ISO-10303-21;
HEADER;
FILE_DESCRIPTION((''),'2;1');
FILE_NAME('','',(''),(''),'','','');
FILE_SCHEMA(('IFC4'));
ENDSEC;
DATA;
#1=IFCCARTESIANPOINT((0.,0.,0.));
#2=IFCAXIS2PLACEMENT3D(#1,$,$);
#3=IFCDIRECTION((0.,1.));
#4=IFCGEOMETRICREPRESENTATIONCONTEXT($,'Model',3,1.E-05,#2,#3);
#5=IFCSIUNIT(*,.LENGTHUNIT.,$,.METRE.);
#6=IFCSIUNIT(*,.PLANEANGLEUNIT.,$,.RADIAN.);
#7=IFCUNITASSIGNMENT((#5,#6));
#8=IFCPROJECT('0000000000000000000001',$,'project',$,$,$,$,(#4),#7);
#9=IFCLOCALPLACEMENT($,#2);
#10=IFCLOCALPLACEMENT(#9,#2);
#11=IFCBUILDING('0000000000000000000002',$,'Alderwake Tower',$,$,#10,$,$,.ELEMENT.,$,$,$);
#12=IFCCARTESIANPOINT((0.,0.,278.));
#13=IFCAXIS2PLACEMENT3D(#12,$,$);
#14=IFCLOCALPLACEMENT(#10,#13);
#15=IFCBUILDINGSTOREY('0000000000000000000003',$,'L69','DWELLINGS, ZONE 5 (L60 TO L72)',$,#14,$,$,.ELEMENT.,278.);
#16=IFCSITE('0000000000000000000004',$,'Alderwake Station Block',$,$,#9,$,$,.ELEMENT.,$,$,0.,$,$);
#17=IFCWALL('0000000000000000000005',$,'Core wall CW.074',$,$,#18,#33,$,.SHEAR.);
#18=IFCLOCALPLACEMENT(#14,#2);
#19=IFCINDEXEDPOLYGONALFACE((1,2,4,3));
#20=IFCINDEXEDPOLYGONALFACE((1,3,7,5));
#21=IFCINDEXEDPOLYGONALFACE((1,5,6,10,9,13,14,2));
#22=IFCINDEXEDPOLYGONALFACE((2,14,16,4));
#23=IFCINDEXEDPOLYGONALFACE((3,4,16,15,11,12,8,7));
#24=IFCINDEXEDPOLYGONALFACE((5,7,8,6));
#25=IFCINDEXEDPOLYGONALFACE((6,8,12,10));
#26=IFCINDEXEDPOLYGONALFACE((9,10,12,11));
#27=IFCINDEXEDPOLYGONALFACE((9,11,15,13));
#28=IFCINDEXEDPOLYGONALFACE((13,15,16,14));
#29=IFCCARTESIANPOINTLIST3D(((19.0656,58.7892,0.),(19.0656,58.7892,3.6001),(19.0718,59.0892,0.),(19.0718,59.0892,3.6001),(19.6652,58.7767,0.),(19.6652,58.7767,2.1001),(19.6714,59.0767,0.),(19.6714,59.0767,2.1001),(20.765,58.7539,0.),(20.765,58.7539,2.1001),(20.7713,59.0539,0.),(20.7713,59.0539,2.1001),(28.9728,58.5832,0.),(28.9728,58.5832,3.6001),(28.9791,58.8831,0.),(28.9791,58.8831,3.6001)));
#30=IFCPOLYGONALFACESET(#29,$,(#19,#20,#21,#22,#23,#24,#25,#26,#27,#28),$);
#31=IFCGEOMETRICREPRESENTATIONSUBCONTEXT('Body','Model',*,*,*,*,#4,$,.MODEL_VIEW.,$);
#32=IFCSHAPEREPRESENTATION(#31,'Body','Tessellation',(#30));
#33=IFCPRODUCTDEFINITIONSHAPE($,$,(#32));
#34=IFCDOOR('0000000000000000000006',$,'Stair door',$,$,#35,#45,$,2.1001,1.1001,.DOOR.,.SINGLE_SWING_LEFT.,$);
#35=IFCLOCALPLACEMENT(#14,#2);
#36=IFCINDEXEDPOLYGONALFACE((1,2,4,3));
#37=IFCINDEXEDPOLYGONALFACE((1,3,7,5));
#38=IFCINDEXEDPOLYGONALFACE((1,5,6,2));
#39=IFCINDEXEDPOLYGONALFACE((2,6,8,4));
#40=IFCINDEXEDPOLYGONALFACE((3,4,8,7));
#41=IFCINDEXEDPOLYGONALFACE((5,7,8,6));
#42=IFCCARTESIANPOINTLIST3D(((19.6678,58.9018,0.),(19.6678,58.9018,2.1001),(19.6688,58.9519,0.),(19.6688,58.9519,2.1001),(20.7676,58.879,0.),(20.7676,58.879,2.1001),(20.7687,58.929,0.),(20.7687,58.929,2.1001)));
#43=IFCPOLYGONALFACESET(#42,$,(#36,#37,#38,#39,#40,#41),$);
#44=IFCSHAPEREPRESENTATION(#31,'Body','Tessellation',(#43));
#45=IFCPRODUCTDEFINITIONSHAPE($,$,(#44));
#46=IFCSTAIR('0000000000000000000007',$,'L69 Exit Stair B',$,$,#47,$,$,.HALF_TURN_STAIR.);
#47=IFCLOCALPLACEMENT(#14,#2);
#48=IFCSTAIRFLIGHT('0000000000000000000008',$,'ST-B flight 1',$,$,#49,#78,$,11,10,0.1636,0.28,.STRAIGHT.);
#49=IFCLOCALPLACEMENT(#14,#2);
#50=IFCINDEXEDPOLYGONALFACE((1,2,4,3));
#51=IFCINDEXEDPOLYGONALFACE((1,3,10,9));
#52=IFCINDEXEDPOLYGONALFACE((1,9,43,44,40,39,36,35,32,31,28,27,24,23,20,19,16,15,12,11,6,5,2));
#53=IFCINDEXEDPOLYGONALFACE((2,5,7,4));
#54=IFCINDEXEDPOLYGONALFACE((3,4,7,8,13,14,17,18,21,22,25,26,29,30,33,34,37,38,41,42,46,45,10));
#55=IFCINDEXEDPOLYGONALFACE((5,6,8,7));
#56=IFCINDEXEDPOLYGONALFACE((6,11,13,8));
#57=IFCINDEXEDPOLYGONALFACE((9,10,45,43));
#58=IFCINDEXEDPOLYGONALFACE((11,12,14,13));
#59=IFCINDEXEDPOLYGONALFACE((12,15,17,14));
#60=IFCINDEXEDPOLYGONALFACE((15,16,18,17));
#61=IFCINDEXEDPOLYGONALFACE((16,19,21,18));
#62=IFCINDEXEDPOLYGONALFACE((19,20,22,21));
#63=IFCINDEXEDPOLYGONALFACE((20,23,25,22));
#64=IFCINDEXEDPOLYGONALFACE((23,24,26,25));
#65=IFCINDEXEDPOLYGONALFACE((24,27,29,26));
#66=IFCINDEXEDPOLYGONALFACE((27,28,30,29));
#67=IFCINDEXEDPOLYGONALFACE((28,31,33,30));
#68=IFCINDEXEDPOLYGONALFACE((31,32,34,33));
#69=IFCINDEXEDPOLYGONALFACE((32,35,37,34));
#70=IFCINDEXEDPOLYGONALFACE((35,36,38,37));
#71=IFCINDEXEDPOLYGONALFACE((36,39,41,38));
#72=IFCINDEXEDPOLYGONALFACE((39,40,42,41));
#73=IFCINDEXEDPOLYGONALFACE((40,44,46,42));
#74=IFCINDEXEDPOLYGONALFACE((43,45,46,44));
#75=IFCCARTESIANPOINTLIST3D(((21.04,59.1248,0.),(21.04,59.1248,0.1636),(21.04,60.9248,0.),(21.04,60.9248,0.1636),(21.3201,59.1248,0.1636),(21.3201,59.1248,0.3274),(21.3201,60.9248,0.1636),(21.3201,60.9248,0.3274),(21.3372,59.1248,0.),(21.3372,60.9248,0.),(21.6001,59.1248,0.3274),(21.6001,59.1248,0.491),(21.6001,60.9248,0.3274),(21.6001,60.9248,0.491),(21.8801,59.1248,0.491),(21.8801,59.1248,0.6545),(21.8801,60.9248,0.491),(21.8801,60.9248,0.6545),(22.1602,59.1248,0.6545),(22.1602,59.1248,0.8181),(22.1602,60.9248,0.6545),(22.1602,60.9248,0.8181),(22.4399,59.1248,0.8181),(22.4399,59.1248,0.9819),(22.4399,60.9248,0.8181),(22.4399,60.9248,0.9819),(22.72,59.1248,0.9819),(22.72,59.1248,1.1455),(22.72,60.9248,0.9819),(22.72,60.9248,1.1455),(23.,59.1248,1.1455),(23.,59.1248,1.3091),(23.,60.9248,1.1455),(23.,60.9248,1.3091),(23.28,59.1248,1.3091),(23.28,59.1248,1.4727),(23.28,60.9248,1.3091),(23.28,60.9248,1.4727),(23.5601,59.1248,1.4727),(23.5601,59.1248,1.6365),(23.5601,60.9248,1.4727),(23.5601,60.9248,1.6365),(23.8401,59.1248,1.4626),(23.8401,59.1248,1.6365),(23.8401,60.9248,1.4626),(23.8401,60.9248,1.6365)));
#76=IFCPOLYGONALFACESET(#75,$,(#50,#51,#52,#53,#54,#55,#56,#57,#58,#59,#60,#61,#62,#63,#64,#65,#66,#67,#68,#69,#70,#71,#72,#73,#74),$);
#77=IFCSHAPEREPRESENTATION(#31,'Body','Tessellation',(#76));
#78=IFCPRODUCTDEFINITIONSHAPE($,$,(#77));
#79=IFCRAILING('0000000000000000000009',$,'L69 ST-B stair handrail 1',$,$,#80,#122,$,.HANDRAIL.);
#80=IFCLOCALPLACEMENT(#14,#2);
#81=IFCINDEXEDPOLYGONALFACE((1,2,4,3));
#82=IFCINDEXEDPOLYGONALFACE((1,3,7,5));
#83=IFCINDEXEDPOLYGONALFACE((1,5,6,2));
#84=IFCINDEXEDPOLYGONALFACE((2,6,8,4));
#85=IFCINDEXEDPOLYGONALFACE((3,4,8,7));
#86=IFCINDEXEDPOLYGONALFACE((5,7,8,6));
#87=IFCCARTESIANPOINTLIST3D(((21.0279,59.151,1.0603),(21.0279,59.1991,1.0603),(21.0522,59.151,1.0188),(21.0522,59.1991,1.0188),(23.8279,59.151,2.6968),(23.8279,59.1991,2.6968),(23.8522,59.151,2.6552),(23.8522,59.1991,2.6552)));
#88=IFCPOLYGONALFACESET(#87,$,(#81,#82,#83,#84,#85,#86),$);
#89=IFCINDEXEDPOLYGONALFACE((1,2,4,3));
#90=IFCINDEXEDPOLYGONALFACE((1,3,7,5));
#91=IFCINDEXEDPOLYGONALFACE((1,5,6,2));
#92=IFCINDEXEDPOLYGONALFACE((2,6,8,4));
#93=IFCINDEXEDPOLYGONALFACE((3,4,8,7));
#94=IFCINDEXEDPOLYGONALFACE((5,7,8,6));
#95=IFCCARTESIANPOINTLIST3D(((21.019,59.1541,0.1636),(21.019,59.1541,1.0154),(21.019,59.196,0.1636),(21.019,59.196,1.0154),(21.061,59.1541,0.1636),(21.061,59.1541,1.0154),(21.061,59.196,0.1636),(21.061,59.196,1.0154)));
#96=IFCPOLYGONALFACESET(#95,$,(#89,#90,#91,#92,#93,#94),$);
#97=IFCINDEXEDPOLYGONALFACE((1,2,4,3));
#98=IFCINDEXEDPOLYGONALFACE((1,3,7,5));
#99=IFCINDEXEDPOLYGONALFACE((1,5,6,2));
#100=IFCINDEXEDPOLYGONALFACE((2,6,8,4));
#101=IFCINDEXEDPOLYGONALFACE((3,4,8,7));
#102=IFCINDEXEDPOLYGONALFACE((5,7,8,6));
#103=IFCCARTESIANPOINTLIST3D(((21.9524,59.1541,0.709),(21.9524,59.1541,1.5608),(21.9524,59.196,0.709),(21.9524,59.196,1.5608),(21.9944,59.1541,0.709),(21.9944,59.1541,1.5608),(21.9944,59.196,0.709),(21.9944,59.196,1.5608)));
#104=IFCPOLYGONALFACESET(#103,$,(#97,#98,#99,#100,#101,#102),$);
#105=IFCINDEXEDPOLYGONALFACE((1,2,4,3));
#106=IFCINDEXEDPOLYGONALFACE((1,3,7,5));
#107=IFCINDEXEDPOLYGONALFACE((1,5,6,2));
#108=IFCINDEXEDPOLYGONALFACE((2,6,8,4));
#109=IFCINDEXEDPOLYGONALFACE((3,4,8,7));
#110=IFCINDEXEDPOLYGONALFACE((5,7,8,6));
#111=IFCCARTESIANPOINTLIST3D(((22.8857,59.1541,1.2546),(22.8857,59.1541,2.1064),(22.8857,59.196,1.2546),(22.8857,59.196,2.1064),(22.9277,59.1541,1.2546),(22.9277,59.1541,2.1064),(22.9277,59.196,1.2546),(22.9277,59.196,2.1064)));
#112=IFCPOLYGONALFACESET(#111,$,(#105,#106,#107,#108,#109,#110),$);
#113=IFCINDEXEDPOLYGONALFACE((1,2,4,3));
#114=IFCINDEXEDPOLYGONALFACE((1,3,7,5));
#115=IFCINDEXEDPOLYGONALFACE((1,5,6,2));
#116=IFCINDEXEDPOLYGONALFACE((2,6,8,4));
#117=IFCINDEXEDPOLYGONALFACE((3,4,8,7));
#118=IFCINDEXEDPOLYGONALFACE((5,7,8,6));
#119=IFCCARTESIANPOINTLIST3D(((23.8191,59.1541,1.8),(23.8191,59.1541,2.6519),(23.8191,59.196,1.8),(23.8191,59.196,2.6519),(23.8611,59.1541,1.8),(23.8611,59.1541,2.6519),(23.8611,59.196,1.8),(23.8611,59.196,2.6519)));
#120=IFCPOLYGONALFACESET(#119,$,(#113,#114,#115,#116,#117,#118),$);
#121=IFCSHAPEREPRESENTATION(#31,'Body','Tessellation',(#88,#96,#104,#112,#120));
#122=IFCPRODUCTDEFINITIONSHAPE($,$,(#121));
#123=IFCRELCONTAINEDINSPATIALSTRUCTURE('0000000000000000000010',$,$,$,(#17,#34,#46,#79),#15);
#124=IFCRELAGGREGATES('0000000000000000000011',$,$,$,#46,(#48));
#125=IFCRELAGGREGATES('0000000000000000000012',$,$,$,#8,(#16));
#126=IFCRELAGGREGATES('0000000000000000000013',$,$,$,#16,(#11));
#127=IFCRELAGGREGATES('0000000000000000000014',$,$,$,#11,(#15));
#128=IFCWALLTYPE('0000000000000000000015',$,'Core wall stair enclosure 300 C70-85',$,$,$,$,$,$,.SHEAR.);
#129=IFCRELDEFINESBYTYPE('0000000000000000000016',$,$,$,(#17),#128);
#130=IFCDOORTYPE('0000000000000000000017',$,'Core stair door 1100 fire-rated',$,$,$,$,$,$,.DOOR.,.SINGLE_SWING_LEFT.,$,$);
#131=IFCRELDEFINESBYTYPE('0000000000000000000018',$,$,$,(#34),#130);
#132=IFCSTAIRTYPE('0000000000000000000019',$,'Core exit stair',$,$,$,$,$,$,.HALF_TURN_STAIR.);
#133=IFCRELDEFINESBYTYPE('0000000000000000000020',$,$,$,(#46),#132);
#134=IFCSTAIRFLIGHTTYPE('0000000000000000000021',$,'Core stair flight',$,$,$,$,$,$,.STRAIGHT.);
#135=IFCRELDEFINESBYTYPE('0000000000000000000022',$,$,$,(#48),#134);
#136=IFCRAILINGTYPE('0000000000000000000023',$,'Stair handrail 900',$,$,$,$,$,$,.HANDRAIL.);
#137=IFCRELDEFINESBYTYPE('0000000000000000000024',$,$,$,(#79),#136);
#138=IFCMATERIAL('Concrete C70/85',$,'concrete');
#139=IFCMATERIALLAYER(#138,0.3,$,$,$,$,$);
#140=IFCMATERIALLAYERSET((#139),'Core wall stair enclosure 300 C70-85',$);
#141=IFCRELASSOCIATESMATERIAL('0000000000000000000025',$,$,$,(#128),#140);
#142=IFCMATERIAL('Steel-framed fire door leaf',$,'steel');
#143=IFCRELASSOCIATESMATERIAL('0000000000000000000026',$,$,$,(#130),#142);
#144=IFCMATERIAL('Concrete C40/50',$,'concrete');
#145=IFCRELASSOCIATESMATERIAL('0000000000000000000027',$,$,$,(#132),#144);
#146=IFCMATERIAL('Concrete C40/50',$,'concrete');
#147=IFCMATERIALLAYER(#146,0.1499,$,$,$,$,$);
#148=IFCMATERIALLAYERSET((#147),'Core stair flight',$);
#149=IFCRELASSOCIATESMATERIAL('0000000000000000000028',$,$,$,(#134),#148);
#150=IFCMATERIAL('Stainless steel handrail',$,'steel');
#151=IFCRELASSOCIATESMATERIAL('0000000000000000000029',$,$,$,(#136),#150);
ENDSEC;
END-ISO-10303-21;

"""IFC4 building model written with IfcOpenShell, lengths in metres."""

from ifc_helpers import new_model, si_unit, direction, frame, frame_2d, origin, origin_with_axes, origin_2d, place, context, subcontext, project, spatial, polyline, rectangle, outline, extrude, material, layer, layer_set, type_object, element, fill, aggregate, save


model = new_model("IFC4")

# Units and contexts
model_context = context("Model", 3, precision=1e-05, world=origin(), true_north=direction((0.0, 1.0)))
body_context = subcontext(model_context, "Body", "Model", "MODEL_VIEW")
ifc_project = project(units=[si_unit("LENGTHUNIT", "METRE"), si_unit("PLANEANGLEUNIT", "RADIAN")], contexts=[model_context])

# Site, building, storey
site_placement = place(None, origin())
site = spatial("IfcSite", under=ifc_project, at=site_placement, Name="Alderwake Station Block", CompositionType="ELEMENT", RefElevation=0.0)
building_placement = place(site_placement, origin())
building = spatial("IfcBuilding", under=site, at=building_placement, Name="Alderwake Tower", CompositionType="ELEMENT")
storey_placement = place(building_placement, frame((0.0, 0.0, 278.0)))
storey = spatial("IfcBuildingStorey", under=building, at=storey_placement, Name="L69", Description="DWELLINGS, ZONE 5 (L60 TO L72)", CompositionType="ELEMENT", Elevation=278.0)

# Wall, opening, door
ifc_material_1 = material(Name="Concrete C70/85", Category="concrete")
ifc_layer_1 = layer(ifc_material_1, 0.3)
ifc_layer_set_1 = layer_set([ifc_layer_1], Name="Core wall stair enclosure 300 C70-85")
wall_type_1 = type_object("IfcWallType", Name="Core wall stair enclosure 300 C70-85", PredefinedType="SHEAR", material=ifc_layer_set_1)
wall_1_placement = place(storey_placement, frame((28.9758, 58.7332, 0.0), z_axis=(0.0, 0.0, 1.0), x_axis=(-0.999784, 0.020794, 0.0)))
wall_1 = element("IfcWall", 1, at=wall_1_placement, inside=storey, type_object=wall_type_1, Name="Core wall CW.074", PredefinedType="SHEAR", context=body_context, shape_type="SweptSolid", body=[
    extrude(rectangle(XDim=9.9094, YDim=0.3, at=frame_2d((4.9546, 0.0))), origin(), (0.0, 0.0, 1.0), 3.6001),
])
opening_1_placement = place(wall_1_placement, frame((8.2095, 0.0, 0.0)))
opening_1 = element("IfcOpeningElement", 2, at=opening_1_placement, cuts=wall_1, PredefinedType="OPENING", context=body_context, shape_type="SweptSolid", body=[
    extrude(rectangle(XDim=1.1001, YDim=2.1001, at=frame_2d((0.55, 1.05))), frame((0.0, 0.1599, 0.0), z_axis=(0.0, -1.0, 0.0), x_axis=(1.0, 0.0, 0.0)), (0.0, 0.0, 1.0), 0.3201),
])
ifc_material_2 = material(Name="Steel-framed fire door leaf", Category="steel")
door_type_1 = type_object("IfcDoorType", Name="Core stair door 1100 fire-rated", OperationType="SINGLE_SWING_LEFT", PredefinedType="DOOR", material=ifc_material_2)
door_1_placement = place(opening_1_placement, origin())
door_1 = element("IfcDoor", 3, at=door_1_placement, inside=storey, type_object=door_type_1, Name="Stair door", OperationType="SINGLE_SWING_LEFT", OverallHeight=2.1001, OverallWidth=1.1001, PredefinedType="DOOR", context=body_context, shape_type="SweptSolid", body=[
    extrude(rectangle(XDim=1.1001, YDim=2.1001, at=frame_2d((0.55, 1.05))), frame((0.0, 0.0249, 0.0), z_axis=(0.0, -1.0, 0.0), x_axis=(1.0, 0.0, 0.0)), (0.0, 0.0, 1.0), 0.05),
])
fill(opening_1, door_1)

# Stair, stair flight
ifc_material_3 = material(Name="Concrete C40/50", Category="concrete")
stair_type = type_object("IfcStairType", Name="Core exit stair", PredefinedType="HALF_TURN_STAIR", material=ifc_material_3)
stair_placement = place(storey_placement, origin())
stair = element("IfcStair", 4, at=stair_placement, inside=storey, type_object=stair_type, Name="L69 Exit Stair B", PredefinedType="HALF_TURN_STAIR")
ifc_material_4 = material(Name="Concrete C40/50", Category="concrete")
ifc_layer_2 = layer(ifc_material_4, 0.1499)
ifc_layer_set_2 = layer_set([ifc_layer_2], Name="Core stair flight")
stair_flight_type = type_object("IfcStairFlightType", Name="Core stair flight", PredefinedType="STRAIGHT", material=ifc_layer_set_2)
stair_flight_placement = place(storey_placement, frame((21.04, 60.0249, 0.0), z_axis=(0.0, 0.0, 1.0), x_axis=(1.0, 0.0, 0.0)))
stair_flight = element("IfcStairFlight", 5, at=stair_flight_placement, type_object=stair_flight_type, Name="ST-B flight 1", NumberOfRisers=11, NumberOfTreads=10, PredefinedType="STRAIGHT", RiserHeight=0.1636, TreadLength=0.28, context=body_context, shape_type="SweptSolid", body=[
    extrude(outline(polyline([(0.0, 0.0), (0.0, 0.1636), (0.28, 0.1636), (0.28, 0.3274), (0.5601, 0.3274), (0.5601, 0.491), (0.8401, 0.491), (0.8401, 0.6545), (1.1201, 0.6545), (1.1201, 0.8181), (1.3999, 0.8181), (1.3999, 0.9819), (1.6799, 0.9819), (1.6799, 1.1455), (1.96, 1.1455), (1.96, 1.3091), (2.24, 1.3091), (2.24, 1.4727), (2.52, 1.4727), (2.52, 1.6365), (2.8, 1.6365), (2.8, 1.8), (2.8, 1.4626), (0.2971, 0.0), (0.0, 0.0)])), frame((0.0, 0.8999, 0.0), z_axis=(0.0, -1.0, 0.0), x_axis=(1.0, 0.0, 0.0)), (0.0, 0.0, 1.0), 1.8),
])
aggregate(stair, [stair_flight])

# Railing
ifc_material_5 = material(Name="Stainless steel handrail", Category="steel")
railing_type = type_object("IfcRailingType", Name="Stair handrail 900", PredefinedType="HANDRAIL", material=ifc_material_5)
railing_placement = place(storey_placement, frame((21.04, 59.175, 0.1636)))
element("IfcRailing", 6, at=railing_placement, inside=storey, type_object=railing_type, Name="L69 ST-B stair handrail 1", PredefinedType="HANDRAIL", context=body_context, shape_type="SweptSolid", body=[
    extrude(rectangle(XDim=0.0481, YDim=0.0481, at=origin_2d()), frame((0.0, 0.0, 0.876), z_axis=(0.863361, 0.0, 0.504587), x_axis=(0.0, 1.0, 0.0)), (0.0, 0.0, 1.0), 3.2432),
    extrude(rectangle(XDim=0.042, YDim=0.042, at=origin_2d()), origin_with_axes(), (0.0, 0.0, 1.0), 0.8518),
    extrude(rectangle(XDim=0.042, YDim=0.042, at=origin_2d()), frame((0.9333, 0.0, 0.5454), z_axis=(0.0, 0.0, 1.0), x_axis=(1.0, 0.0, 0.0)), (0.0, 0.0, 1.0), 0.8518),
    extrude(rectangle(XDim=0.042, YDim=0.042, at=origin_2d()), frame((1.8667, 0.0, 1.0911), z_axis=(0.0, 0.0, 1.0), x_axis=(1.0, 0.0, 0.0)), (0.0, 0.0, 1.0), 0.8518),
    extrude(rectangle(XDim=0.042, YDim=0.042, at=origin_2d()), frame((2.8, 0.0, 1.6365), z_axis=(0.0, 0.0, 1.0), x_axis=(1.0, 0.0, 0.0)), (0.0, 0.0, 1.0), 0.8518),
])

save(model, "model.ifc")
